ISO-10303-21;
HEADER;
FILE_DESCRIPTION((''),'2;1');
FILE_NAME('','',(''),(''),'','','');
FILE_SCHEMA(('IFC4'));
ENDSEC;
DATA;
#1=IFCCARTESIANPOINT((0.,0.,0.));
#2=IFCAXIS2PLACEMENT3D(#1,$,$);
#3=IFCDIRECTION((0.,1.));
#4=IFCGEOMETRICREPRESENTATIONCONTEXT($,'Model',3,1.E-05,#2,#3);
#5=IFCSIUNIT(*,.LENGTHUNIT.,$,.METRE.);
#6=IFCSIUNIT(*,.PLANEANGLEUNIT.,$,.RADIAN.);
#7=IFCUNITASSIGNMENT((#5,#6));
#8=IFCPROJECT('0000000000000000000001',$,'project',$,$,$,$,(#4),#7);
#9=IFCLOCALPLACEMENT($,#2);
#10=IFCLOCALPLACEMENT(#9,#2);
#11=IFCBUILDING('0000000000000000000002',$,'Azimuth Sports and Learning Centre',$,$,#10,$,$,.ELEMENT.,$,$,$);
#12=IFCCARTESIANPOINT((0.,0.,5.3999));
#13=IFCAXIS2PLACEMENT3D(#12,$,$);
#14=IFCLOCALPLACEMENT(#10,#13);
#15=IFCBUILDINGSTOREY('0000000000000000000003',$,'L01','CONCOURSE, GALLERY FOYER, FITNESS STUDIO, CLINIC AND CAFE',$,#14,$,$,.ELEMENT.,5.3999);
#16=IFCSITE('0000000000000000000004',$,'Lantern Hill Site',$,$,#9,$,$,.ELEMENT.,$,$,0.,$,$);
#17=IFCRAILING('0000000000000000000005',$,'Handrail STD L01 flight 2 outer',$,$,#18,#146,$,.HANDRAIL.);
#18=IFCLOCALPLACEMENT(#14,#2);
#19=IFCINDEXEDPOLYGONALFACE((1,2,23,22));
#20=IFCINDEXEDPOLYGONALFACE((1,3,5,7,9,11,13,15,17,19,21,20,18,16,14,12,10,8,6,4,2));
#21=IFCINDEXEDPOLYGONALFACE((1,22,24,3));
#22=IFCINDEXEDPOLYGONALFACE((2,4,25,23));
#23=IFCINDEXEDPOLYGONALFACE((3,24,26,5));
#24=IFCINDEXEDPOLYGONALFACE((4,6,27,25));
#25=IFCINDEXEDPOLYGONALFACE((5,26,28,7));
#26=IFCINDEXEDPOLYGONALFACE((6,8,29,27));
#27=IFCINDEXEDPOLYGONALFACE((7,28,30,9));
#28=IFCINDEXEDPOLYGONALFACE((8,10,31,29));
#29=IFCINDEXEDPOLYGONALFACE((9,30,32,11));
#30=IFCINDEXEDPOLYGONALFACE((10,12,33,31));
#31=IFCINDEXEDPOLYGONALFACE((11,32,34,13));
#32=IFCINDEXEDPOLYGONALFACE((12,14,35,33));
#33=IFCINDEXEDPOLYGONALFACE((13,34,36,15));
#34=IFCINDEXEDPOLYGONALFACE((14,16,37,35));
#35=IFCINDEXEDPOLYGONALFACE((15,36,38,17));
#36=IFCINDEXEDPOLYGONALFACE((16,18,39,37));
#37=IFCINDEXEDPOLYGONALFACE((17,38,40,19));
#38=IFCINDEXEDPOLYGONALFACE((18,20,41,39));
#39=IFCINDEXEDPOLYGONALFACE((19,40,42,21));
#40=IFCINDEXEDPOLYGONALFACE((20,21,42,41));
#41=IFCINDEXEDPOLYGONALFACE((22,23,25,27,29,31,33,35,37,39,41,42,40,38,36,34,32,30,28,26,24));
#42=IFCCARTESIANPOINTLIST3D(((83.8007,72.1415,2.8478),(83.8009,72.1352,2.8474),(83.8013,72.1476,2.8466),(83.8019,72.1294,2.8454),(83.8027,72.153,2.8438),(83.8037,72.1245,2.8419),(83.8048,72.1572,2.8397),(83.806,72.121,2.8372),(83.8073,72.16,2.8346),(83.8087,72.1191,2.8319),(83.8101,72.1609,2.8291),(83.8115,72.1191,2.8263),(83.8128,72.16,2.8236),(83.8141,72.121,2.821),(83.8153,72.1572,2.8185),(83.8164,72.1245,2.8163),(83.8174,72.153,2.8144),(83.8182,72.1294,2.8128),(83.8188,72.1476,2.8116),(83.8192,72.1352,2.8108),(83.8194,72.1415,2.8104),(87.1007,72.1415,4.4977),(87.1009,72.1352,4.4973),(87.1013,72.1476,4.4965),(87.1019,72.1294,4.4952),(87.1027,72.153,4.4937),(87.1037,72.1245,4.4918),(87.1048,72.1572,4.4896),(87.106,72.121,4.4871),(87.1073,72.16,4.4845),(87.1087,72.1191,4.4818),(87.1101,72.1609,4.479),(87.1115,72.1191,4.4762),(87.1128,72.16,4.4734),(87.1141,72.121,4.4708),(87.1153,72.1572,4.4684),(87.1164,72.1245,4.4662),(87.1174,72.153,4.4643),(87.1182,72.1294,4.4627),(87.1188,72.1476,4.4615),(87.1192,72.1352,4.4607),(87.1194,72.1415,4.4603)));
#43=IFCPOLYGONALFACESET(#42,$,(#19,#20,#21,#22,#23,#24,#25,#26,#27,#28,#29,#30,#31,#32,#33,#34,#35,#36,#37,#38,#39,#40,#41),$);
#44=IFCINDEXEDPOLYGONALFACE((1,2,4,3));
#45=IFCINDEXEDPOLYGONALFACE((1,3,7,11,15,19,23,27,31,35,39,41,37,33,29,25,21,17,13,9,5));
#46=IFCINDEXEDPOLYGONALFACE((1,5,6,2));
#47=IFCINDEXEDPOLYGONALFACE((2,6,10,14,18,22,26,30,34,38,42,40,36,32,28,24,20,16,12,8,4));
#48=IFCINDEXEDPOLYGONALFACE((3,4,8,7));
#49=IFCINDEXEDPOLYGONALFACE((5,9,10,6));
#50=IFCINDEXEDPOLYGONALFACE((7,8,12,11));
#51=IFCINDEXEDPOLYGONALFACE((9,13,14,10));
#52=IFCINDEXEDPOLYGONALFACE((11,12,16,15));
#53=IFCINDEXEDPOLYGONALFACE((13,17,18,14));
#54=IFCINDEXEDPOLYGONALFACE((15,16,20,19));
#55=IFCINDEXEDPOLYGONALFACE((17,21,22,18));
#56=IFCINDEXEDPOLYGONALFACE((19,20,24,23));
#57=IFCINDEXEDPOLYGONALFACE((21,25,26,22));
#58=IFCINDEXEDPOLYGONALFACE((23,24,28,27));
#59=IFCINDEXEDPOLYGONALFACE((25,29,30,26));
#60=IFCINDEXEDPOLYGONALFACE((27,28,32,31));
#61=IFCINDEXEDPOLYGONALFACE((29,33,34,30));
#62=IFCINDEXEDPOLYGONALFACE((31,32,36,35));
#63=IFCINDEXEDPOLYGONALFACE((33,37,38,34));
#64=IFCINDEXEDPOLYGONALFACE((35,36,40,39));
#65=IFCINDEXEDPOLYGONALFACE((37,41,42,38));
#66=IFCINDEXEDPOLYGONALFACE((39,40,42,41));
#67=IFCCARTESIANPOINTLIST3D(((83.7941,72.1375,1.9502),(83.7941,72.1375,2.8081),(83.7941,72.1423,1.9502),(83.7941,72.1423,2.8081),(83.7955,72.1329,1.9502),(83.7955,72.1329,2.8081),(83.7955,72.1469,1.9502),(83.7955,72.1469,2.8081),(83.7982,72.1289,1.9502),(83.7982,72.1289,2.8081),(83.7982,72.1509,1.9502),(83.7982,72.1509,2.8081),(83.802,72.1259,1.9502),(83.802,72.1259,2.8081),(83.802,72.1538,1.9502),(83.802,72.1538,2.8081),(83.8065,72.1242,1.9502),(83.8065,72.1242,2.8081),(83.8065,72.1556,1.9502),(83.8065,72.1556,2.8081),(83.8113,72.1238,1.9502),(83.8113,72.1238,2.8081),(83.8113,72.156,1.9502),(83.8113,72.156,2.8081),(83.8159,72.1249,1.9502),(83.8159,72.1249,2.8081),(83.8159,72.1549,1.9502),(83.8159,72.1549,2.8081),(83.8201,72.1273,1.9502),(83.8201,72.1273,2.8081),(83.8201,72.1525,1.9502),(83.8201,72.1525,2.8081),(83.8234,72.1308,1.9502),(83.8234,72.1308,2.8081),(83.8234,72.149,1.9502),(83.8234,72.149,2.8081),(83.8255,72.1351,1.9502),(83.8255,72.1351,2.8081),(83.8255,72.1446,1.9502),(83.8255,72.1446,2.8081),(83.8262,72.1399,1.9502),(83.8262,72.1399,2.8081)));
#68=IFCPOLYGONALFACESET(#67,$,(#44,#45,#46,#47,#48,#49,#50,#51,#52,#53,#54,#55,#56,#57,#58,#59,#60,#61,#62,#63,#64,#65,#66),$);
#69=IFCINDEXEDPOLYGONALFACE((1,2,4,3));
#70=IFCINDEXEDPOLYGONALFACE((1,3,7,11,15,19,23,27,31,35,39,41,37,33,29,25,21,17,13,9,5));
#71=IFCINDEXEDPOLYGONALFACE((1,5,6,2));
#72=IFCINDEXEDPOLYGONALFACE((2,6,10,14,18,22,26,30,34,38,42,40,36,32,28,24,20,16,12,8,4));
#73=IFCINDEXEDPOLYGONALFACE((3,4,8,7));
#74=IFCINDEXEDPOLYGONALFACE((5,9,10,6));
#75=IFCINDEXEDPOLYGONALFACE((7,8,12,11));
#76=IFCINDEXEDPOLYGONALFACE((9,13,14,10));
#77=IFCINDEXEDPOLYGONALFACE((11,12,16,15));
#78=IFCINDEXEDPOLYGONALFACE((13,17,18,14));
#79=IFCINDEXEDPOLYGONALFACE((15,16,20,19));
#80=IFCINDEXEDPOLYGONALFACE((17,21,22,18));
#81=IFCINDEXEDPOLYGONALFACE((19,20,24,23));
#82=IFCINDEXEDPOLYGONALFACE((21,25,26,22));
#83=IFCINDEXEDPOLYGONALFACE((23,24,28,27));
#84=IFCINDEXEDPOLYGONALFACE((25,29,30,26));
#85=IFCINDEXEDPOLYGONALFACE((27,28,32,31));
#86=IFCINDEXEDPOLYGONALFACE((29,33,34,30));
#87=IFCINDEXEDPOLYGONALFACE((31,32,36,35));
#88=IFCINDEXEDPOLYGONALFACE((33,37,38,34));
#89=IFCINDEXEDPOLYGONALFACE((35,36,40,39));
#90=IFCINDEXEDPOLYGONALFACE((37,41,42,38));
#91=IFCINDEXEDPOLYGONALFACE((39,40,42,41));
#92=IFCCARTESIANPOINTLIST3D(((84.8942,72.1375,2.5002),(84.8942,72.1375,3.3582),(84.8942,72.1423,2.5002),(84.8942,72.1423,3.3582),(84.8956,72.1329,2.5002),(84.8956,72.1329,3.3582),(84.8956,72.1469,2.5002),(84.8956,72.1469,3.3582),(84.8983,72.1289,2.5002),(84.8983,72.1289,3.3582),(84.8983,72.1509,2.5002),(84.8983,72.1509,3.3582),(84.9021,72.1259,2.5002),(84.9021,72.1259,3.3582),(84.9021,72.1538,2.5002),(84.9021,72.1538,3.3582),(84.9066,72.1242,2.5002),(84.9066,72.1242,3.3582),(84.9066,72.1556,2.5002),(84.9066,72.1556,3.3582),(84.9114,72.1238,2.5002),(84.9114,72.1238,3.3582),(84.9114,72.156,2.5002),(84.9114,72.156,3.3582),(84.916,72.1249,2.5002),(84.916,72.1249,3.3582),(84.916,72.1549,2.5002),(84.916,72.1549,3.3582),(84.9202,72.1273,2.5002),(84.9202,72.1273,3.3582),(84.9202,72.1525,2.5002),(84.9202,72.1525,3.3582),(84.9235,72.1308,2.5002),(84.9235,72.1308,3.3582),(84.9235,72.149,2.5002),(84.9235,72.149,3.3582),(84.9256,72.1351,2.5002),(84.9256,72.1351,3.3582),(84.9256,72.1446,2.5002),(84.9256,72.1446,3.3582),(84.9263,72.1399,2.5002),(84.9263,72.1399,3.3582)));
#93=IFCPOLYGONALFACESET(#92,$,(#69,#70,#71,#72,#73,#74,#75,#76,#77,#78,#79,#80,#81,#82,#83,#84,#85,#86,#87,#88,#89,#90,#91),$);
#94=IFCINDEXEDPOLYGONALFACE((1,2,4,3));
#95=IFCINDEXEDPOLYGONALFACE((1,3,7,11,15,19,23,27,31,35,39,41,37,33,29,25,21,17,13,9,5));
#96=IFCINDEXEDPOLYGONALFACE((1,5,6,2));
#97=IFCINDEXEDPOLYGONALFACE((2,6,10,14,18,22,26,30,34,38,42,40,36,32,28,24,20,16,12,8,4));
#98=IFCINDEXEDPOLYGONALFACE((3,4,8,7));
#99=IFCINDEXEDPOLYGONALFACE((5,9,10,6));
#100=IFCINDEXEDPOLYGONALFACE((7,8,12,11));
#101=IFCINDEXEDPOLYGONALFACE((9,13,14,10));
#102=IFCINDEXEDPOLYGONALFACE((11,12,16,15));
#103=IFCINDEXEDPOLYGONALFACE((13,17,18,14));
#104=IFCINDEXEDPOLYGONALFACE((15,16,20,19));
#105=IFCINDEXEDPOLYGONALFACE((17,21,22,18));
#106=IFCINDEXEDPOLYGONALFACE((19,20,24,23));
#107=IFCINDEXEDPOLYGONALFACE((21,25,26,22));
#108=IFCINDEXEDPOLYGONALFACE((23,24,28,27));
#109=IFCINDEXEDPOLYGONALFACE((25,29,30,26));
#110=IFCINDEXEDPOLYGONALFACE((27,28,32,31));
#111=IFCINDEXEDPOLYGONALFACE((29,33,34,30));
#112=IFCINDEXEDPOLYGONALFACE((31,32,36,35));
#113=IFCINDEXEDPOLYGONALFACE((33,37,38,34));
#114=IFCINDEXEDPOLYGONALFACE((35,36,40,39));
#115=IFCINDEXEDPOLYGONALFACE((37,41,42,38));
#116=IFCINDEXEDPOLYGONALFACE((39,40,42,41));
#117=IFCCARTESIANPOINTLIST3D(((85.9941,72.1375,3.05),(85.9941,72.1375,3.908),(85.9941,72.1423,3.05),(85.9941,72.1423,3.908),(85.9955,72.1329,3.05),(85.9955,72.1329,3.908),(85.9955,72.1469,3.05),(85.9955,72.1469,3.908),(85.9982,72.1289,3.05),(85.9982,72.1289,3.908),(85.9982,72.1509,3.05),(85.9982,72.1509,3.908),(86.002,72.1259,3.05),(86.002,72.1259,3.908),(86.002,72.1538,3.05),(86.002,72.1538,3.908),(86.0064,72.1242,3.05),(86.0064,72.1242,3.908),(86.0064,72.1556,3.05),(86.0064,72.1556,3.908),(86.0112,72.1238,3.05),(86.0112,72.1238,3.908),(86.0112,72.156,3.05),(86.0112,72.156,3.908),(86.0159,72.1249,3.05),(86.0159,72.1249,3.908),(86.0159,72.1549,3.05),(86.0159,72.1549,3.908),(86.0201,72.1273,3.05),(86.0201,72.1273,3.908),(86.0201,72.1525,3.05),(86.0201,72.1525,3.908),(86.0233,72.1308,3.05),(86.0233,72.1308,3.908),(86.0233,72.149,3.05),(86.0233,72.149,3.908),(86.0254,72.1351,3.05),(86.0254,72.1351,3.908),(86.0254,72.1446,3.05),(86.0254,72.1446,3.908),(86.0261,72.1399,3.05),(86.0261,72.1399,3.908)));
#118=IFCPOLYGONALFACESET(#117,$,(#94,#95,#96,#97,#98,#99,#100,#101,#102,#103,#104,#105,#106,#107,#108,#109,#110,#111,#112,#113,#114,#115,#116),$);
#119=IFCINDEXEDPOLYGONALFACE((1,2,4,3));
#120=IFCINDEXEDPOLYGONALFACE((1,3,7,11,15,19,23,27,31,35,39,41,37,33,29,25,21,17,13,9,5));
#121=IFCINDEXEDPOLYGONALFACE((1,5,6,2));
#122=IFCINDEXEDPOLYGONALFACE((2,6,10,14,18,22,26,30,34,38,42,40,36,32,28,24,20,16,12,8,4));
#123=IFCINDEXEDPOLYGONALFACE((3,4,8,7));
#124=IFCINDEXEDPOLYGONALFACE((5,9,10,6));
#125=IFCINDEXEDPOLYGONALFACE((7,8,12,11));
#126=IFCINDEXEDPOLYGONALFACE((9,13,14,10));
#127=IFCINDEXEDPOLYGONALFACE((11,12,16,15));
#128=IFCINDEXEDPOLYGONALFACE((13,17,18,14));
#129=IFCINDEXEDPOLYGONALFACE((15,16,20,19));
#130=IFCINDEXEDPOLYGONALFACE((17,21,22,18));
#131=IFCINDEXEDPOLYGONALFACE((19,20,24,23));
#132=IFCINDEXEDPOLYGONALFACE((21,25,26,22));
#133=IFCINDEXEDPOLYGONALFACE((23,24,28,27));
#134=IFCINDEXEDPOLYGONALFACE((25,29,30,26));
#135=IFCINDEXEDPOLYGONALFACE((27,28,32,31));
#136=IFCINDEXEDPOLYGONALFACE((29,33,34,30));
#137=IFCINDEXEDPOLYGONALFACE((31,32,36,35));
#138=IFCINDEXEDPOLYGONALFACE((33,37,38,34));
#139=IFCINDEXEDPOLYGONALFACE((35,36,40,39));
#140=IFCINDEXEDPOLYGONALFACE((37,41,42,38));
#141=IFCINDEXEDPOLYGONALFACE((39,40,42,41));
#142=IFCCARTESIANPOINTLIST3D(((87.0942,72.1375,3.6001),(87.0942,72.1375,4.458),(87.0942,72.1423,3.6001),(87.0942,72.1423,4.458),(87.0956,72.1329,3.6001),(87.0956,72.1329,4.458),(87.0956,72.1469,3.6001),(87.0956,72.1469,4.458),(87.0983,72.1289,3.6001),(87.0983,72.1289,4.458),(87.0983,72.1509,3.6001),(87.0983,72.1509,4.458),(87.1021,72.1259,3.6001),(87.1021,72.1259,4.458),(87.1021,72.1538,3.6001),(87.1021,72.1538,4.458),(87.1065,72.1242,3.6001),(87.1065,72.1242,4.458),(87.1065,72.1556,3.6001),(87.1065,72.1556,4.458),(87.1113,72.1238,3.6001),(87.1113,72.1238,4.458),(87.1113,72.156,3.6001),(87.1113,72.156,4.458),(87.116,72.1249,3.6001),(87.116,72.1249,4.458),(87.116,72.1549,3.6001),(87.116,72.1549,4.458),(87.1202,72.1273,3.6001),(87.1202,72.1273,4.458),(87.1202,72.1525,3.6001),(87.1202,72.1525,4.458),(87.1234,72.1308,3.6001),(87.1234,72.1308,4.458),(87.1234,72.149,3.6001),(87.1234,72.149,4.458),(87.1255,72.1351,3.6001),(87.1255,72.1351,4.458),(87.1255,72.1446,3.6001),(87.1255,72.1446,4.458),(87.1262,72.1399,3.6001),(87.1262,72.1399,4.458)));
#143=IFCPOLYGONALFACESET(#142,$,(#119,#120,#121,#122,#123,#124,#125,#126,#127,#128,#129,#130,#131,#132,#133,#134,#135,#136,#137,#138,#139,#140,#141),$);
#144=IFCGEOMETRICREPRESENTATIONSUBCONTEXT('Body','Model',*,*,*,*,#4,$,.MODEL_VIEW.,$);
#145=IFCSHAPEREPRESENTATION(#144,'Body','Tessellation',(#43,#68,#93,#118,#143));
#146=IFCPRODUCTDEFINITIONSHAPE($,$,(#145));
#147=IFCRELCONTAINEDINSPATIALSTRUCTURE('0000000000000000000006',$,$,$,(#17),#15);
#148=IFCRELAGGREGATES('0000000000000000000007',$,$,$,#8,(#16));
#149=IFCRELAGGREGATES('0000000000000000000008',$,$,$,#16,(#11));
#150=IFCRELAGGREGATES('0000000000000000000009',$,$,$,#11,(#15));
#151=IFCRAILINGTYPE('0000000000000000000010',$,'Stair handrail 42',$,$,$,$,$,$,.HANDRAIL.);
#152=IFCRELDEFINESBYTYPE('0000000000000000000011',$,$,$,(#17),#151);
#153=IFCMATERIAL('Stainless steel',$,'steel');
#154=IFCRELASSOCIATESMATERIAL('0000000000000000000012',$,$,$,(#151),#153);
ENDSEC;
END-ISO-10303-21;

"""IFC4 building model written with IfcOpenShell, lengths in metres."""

from ifc_helpers import new_model, si_unit, direction, frame, origin, origin_2d, place, context, subcontext, project, spatial, circle, extrude, material, type_object, element, save


model = new_model("IFC4")

# Units and contexts
model_context = context("Model", 3, precision=1e-05, world=origin(), true_north=direction((0.0, 1.0)))
body_context = subcontext(model_context, "Body", "Model", "MODEL_VIEW")
ifc_project = project(units=[si_unit("LENGTHUNIT", "METRE"), si_unit("PLANEANGLEUNIT", "RADIAN")], contexts=[model_context])

# Site, building, storey
site_placement = place(None, origin())
site = spatial("IfcSite", under=ifc_project, at=site_placement, Name="Lantern Hill Site", CompositionType="ELEMENT", RefElevation=0.0)
building_placement = place(site_placement, origin())
building = spatial("IfcBuilding", under=site, at=building_placement, Name="Azimuth Sports and Learning Centre", CompositionType="ELEMENT")
storey_placement = place(building_placement, frame((0.0, 0.0, 5.3999)))
storey = spatial("IfcBuildingStorey", under=building, at=storey_placement, Name="L01", Description="CONCOURSE, GALLERY FOYER, FITNESS STUDIO, CLINIC AND CAFE", CompositionType="ELEMENT", Elevation=5.3999)

# Railing
ifc_material_1 = material(Name="Stainless steel", Category="steel")
railing_type_1 = type_object("IfcRailingType", Name="Stair handrail 42", PredefinedType="HANDRAIL", material=ifc_material_1)
for number, where, name in (
    (1, (83.8101, 72.1399, 1.9502), "Handrail STD L01 flight 2 outer"),
):
    element("IfcRailing", number, at=place(storey_placement, frame(where)), inside=storey, type_object=railing_type_1, Name=name, PredefinedType="HANDRAIL", context=body_context, shape_type="SweptSolid", body=[
        extrude(circle(Radius=0.021, at=origin_2d()), frame((0.0, 0.0, 0.8789), z_axis=(0.89444, 0.0, 0.447187), x_axis=(0.0, 1.0, 0.0)), (0.0, 0.0, 1.0), 3.6895),
        extrude(circle(Radius=0.0161, at=origin_2d()), origin(), (0.0, 0.0, 1.0), 0.8579),
        extrude(circle(Radius=0.0161, at=origin_2d()), frame((1.1001, 0.0, 0.55)), (0.0, 0.0, 1.0), 0.8579),
        extrude(circle(Radius=0.0161, at=origin_2d()), frame((2.2, 0.0, 1.0999)), (0.0, 0.0, 1.0), 0.8579),
        extrude(circle(Radius=0.0161, at=origin_2d()), frame((3.3, 0.0, 1.6499)), (0.0, 0.0, 1.0), 0.8579),
    ])

save(model, "model.ifc")
